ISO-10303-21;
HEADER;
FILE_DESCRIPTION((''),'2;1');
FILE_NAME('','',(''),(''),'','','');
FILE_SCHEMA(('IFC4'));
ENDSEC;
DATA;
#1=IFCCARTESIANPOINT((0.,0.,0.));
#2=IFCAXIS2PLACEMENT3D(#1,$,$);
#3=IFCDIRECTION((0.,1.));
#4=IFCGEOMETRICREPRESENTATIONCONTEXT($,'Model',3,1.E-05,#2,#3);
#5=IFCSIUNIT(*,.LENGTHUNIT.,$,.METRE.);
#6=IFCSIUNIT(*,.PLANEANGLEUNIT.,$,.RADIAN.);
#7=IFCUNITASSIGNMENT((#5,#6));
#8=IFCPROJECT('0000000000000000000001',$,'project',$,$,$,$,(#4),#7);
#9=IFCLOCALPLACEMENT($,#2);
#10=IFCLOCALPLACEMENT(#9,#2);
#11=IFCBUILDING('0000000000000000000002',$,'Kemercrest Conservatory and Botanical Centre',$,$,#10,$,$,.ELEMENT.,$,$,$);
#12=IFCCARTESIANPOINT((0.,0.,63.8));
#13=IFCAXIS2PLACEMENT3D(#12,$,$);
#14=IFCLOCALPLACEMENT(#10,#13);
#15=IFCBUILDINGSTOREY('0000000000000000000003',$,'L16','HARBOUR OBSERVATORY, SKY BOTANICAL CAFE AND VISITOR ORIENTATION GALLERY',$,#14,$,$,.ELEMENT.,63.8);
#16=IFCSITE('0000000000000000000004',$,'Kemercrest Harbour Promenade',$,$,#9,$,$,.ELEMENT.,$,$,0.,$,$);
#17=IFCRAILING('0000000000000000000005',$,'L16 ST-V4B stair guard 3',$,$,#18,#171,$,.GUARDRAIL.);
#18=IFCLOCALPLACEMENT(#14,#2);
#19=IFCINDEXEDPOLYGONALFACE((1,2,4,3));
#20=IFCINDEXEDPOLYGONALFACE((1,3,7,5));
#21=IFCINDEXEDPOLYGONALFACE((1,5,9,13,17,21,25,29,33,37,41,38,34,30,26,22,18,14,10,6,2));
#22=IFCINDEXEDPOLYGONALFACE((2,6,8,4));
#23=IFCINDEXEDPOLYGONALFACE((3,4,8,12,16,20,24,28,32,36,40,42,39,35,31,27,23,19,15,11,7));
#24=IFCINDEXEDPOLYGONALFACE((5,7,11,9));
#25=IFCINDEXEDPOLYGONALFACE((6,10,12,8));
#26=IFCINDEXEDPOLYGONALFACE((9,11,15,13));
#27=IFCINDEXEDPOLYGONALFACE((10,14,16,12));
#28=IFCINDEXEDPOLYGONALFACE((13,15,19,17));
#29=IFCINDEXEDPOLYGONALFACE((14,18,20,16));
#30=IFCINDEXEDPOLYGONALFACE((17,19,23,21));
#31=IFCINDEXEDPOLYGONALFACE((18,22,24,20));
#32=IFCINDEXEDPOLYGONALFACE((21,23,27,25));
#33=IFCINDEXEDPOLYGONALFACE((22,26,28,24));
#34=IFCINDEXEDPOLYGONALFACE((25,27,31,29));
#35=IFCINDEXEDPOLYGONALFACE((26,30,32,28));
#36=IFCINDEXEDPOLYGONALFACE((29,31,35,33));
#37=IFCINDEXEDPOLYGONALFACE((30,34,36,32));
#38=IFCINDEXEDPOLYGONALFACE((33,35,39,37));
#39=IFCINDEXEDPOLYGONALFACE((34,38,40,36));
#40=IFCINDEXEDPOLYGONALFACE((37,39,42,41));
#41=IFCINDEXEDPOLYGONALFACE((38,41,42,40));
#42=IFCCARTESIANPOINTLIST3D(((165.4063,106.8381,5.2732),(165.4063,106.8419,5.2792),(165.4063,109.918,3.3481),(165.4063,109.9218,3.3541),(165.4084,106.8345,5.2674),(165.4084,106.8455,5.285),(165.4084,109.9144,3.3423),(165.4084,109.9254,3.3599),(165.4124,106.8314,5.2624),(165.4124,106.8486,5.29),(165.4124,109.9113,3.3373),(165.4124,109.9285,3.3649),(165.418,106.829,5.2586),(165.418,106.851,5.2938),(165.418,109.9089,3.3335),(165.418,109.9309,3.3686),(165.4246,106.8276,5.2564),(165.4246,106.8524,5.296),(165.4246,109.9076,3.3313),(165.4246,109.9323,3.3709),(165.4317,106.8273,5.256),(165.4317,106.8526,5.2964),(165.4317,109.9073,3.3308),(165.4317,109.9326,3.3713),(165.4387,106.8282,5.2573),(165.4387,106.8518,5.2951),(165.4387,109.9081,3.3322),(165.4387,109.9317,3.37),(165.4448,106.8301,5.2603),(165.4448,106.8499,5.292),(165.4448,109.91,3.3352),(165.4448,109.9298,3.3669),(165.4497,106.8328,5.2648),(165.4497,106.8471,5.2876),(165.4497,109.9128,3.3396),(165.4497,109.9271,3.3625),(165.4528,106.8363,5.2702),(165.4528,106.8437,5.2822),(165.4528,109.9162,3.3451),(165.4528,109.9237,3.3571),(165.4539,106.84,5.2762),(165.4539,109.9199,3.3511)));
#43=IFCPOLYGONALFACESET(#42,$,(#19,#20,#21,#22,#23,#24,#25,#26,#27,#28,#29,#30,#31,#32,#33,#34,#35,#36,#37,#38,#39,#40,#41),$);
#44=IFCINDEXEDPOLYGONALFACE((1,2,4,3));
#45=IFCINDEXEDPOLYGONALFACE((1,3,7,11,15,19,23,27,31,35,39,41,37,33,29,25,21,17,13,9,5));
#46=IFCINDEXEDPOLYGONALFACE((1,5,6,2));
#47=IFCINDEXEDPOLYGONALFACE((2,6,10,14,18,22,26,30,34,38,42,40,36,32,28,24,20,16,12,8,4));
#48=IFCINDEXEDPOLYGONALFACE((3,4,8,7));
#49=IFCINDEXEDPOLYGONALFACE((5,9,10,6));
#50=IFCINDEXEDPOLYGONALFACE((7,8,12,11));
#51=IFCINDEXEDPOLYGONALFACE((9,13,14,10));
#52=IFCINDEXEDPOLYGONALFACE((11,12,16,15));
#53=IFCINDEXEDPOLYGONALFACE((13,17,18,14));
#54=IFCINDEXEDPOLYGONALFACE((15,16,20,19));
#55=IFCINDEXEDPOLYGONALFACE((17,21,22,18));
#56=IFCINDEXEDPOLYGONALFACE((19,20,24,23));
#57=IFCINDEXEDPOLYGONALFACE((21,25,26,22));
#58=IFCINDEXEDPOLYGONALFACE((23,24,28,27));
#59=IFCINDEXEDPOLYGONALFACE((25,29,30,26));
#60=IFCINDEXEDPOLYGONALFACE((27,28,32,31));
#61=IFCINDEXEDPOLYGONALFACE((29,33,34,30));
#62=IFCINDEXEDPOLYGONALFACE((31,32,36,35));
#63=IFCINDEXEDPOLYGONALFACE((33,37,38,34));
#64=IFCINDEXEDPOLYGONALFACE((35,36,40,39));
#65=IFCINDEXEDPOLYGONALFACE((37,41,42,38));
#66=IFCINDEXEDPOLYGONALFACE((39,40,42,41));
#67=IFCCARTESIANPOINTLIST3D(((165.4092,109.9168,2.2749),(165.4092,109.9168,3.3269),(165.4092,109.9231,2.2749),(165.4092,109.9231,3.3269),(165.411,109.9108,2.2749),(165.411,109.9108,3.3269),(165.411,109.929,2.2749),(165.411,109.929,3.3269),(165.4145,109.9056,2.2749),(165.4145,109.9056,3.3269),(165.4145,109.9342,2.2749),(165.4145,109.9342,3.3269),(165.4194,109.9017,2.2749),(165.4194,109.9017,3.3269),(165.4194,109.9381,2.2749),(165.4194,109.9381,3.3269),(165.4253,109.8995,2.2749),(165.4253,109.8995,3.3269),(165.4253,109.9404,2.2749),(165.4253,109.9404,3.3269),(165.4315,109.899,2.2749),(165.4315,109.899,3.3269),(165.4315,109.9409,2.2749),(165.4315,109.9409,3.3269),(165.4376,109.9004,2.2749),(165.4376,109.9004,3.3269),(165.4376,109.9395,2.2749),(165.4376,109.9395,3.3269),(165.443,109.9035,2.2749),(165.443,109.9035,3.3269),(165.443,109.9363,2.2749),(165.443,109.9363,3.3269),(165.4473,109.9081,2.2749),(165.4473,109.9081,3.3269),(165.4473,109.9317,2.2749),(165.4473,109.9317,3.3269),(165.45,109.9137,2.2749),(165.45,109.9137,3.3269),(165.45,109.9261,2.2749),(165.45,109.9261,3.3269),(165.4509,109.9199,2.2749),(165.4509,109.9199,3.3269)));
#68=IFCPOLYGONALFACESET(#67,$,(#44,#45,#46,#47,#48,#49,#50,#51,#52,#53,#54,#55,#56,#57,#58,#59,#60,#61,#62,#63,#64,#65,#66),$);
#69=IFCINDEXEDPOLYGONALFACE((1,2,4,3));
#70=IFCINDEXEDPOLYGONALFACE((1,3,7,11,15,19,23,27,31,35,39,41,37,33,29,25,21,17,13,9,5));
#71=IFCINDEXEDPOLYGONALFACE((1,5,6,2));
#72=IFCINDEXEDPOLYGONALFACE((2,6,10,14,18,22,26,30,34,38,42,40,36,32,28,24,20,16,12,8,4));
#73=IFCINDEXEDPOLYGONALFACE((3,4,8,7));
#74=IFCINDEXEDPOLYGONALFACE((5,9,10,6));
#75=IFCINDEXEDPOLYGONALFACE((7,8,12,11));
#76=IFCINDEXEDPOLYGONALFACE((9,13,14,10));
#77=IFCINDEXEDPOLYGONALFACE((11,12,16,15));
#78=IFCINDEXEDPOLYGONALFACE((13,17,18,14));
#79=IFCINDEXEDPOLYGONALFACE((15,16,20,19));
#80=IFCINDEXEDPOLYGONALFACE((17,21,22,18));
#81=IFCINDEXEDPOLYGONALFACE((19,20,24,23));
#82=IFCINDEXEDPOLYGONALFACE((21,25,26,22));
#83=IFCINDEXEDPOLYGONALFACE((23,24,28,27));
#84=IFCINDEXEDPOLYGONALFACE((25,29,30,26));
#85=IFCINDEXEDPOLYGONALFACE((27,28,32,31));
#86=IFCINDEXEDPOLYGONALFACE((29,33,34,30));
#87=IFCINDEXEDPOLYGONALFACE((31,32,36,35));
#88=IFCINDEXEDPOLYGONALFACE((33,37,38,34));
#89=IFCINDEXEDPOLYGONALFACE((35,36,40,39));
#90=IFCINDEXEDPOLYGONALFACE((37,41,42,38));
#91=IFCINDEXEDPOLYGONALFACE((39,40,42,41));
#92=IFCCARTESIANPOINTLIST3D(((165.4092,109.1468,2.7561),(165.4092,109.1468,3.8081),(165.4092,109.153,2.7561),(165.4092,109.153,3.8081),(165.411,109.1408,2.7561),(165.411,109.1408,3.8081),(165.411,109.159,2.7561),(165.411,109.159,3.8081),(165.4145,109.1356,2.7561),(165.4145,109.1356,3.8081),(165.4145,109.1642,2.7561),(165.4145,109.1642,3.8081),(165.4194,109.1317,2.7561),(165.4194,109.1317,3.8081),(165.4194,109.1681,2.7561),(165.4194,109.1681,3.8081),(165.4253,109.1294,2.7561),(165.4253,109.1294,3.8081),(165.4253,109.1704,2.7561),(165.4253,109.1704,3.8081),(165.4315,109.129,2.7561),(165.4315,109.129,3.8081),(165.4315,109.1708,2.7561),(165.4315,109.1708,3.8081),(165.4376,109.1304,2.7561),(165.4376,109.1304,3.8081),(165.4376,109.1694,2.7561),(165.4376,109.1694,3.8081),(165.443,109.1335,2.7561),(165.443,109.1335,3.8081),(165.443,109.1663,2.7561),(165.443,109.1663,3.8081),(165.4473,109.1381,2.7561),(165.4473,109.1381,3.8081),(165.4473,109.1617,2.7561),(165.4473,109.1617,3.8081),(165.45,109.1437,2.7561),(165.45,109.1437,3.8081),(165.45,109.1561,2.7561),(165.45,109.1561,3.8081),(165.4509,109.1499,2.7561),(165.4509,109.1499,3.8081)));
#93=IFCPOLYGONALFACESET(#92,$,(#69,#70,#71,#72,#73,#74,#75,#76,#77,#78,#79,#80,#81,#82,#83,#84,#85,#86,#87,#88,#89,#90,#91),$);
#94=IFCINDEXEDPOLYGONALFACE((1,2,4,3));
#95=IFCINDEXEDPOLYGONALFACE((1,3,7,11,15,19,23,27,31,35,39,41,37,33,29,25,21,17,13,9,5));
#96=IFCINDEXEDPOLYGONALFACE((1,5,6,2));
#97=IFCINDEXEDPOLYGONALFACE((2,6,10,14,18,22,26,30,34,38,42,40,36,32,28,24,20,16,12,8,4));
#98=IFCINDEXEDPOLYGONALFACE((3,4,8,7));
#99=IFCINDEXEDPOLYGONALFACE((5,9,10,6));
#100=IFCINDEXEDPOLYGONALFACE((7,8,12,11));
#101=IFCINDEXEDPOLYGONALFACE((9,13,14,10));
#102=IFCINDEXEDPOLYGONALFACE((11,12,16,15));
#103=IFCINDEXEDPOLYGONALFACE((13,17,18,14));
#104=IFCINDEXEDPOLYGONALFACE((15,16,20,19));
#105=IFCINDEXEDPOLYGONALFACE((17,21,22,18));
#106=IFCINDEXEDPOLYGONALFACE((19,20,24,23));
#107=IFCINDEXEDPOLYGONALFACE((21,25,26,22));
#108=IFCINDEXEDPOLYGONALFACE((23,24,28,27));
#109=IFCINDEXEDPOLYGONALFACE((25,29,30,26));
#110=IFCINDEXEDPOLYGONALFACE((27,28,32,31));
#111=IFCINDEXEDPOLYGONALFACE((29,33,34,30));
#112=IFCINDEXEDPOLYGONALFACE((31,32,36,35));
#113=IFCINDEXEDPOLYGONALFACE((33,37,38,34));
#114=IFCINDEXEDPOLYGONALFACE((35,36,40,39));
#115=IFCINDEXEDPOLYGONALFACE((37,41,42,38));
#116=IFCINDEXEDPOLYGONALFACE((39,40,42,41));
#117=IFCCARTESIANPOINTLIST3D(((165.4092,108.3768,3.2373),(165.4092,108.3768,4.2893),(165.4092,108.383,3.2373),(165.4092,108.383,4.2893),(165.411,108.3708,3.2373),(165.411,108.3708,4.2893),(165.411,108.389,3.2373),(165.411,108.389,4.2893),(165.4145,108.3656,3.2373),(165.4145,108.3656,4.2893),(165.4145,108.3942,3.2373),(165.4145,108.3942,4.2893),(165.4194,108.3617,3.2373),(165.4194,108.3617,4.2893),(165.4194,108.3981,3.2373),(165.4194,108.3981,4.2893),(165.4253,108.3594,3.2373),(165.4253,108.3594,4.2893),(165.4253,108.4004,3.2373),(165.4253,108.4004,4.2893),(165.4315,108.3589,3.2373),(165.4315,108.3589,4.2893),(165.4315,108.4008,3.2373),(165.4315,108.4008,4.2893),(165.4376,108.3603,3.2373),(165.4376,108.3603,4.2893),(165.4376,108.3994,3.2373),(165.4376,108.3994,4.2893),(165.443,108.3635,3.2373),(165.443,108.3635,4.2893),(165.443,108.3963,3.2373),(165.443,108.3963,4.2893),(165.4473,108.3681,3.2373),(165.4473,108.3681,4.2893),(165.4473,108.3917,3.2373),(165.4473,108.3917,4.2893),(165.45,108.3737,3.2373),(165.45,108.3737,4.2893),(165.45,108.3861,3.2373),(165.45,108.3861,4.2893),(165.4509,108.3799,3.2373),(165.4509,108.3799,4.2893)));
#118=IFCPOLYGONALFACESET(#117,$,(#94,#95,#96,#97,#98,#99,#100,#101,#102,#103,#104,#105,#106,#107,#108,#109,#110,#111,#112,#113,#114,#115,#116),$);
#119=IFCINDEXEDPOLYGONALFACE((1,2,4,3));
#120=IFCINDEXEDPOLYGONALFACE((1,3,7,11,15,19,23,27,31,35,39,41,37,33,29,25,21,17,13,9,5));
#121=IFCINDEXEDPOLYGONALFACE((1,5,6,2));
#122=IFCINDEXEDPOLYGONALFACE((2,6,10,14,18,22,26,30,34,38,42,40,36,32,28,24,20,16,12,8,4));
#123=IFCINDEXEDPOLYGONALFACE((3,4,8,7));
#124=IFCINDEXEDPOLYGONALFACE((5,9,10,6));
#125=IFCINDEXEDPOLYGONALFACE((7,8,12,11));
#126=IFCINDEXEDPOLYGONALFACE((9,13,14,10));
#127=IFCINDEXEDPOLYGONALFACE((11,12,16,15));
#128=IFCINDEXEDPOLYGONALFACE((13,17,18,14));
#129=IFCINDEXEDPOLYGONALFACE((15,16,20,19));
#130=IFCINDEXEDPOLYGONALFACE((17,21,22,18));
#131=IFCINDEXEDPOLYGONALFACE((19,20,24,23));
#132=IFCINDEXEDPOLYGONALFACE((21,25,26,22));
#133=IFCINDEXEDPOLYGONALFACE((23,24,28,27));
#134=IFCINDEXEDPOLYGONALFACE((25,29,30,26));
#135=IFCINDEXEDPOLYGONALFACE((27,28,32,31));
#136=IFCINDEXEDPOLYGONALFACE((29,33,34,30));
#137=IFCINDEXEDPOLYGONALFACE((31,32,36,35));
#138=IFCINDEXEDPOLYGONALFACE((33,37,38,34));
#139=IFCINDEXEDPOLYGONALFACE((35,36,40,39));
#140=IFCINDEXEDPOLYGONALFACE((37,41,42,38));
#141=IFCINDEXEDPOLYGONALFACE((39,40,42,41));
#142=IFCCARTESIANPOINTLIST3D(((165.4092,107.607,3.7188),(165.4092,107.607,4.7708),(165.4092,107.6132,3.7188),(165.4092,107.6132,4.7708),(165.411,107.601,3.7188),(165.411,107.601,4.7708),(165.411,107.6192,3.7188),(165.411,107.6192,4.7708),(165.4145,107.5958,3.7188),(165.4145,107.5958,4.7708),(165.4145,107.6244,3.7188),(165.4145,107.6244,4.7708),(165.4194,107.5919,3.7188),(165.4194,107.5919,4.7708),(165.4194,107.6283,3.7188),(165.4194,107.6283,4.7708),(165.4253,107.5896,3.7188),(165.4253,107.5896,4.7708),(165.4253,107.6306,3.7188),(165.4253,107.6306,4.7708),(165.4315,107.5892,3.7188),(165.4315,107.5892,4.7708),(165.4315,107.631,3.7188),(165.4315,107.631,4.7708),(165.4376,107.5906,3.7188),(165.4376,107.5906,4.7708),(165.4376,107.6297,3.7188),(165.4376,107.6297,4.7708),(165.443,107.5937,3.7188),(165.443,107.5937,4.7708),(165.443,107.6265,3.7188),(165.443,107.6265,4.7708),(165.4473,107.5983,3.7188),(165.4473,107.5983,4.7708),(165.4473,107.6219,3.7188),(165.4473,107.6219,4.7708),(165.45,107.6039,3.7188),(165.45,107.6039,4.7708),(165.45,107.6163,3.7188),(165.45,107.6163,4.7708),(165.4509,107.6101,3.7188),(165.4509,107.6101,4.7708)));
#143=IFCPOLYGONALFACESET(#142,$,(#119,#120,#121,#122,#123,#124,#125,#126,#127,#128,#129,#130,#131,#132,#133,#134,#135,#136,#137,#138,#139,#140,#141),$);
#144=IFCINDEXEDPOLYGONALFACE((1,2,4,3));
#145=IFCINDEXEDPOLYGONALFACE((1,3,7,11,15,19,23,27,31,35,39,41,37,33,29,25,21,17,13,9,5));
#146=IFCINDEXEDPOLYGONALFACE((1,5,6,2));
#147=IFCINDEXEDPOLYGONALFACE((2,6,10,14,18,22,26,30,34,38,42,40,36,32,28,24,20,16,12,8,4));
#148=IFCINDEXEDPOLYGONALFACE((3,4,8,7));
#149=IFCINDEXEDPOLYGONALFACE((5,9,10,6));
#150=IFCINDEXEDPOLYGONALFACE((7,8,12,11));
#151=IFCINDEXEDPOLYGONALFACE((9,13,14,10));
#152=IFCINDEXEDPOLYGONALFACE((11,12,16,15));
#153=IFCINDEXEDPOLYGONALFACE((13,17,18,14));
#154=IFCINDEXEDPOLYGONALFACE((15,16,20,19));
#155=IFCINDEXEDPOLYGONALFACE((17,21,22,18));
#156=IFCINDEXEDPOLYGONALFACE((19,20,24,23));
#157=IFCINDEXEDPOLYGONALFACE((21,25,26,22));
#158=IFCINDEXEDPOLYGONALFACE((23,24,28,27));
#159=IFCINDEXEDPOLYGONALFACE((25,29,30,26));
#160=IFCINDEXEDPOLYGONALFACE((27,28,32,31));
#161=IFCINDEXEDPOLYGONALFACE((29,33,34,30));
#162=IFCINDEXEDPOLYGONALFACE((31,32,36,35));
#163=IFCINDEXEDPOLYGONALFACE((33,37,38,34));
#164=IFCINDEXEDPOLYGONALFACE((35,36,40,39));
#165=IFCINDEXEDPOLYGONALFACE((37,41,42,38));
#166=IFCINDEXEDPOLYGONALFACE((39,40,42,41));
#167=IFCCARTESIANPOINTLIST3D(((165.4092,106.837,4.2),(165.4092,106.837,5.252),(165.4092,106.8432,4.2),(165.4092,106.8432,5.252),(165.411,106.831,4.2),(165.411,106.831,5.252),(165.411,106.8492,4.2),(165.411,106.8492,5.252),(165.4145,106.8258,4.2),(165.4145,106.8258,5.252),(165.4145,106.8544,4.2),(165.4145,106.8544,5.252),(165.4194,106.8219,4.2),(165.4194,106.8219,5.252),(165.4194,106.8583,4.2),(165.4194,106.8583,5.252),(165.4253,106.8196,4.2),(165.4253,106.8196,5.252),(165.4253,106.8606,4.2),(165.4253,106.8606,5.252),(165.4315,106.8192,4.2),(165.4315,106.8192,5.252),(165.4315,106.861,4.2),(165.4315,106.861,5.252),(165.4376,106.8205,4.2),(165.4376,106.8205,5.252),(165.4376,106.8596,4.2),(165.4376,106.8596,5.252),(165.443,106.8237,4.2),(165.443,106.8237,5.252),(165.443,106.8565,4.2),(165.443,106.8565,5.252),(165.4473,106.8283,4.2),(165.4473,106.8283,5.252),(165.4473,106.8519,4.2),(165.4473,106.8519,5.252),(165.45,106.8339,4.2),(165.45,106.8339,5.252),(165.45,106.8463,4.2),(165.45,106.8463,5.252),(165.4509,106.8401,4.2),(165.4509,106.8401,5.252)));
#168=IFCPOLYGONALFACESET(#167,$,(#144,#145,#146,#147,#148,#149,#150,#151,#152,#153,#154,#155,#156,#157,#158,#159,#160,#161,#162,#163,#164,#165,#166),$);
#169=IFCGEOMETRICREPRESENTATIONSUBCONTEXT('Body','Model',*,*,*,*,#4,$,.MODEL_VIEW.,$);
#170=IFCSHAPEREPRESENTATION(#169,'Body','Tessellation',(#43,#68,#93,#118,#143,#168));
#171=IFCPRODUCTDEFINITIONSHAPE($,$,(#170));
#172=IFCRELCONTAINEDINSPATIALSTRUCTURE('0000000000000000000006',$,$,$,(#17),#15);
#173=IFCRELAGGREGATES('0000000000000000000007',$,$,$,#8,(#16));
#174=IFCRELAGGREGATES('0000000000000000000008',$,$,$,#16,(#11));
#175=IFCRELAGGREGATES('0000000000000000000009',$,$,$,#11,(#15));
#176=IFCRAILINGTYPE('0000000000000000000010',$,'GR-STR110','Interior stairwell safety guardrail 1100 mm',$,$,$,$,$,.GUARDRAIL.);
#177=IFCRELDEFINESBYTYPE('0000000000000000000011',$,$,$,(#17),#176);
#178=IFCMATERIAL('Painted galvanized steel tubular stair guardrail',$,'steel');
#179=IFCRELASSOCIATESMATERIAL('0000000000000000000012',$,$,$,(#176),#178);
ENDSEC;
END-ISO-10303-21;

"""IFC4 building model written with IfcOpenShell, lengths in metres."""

from ifc_helpers import new_model, si_unit, direction, frame, origin, origin_2d, place, context, subcontext, project, spatial, circle, extrude, material, type_object, element, save


model = new_model("IFC4")

# Units and contexts
model_context = context("Model", 3, precision=1e-05, world=origin(), true_north=direction((0.0, 1.0)))
body_context = subcontext(model_context, "Body", "Model", "MODEL_VIEW")
ifc_project = project(units=[si_unit("LENGTHUNIT", "METRE"), si_unit("PLANEANGLEUNIT", "RADIAN")], contexts=[model_context])

# Site, building, storey
site_placement = place(None, origin())
site = spatial("IfcSite", under=ifc_project, at=site_placement, Name="Kemercrest Harbour Promenade", CompositionType="ELEMENT", RefElevation=0.0)
building_placement = place(site_placement, origin())
building = spatial("IfcBuilding", under=site, at=building_placement, Name="Kemercrest Conservatory and Botanical Centre", CompositionType="ELEMENT")
storey_placement = place(building_placement, frame((0.0, 0.0, 63.8)))
storey = spatial("IfcBuildingStorey", under=building, at=storey_placement, Name="L16", Description="HARBOUR OBSERVATORY, SKY BOTANICAL CAFE AND VISITOR ORIENTATION GALLERY", CompositionType="ELEMENT", Elevation=63.8)

# Railing
ifc_material_1 = material(Name="Painted galvanized steel tubular stair guardrail", Category="steel")
railing_type_1 = type_object("IfcRailingType", Name="GR-STR110", Description="Interior stairwell safety guardrail 1100 mm", PredefinedType="GUARDRAIL", material=ifc_material_1)
railing_1_placement = place(storey_placement, frame((165.4299, 109.9199, 2.2749)))
element("IfcRailing", 1, at=railing_1_placement, inside=storey, type_object=railing_type_1, Name="L16 ST-V4B stair guard 3", PredefinedType="GUARDRAIL", context=body_context, shape_type="SweptSolid", body=[
    extrude(circle(Radius=0.0239, at=origin_2d()), frame((0.0, 0.0, 1.0762), z_axis=(0.0, -0.847979, 0.530029), x_axis=(1.0, 0.0, 0.0)), (0.0, 0.0, 1.0), 3.6321),
    extrude(circle(Radius=0.021, at=origin_2d()), origin(), (0.0, 0.0, 1.0), 1.052),
    extrude(circle(Radius=0.021, at=origin_2d()), frame((0.0, -0.77, 0.4812)), (0.0, 0.0, 1.0), 1.052),
    extrude(circle(Radius=0.021, at=origin_2d()), frame((0.0, -1.54, 0.9624)), (0.0, 0.0, 1.0), 1.052),
    extrude(circle(Radius=0.021, at=origin_2d()), frame((0.0, -2.3098, 1.4438)), (0.0, 0.0, 1.0), 1.052),
    extrude(circle(Radius=0.021, at=origin_2d()), frame((0.0, -3.0798, 1.925)), (0.0, 0.0, 1.0), 1.052),
])

save(model, "model.ifc")
